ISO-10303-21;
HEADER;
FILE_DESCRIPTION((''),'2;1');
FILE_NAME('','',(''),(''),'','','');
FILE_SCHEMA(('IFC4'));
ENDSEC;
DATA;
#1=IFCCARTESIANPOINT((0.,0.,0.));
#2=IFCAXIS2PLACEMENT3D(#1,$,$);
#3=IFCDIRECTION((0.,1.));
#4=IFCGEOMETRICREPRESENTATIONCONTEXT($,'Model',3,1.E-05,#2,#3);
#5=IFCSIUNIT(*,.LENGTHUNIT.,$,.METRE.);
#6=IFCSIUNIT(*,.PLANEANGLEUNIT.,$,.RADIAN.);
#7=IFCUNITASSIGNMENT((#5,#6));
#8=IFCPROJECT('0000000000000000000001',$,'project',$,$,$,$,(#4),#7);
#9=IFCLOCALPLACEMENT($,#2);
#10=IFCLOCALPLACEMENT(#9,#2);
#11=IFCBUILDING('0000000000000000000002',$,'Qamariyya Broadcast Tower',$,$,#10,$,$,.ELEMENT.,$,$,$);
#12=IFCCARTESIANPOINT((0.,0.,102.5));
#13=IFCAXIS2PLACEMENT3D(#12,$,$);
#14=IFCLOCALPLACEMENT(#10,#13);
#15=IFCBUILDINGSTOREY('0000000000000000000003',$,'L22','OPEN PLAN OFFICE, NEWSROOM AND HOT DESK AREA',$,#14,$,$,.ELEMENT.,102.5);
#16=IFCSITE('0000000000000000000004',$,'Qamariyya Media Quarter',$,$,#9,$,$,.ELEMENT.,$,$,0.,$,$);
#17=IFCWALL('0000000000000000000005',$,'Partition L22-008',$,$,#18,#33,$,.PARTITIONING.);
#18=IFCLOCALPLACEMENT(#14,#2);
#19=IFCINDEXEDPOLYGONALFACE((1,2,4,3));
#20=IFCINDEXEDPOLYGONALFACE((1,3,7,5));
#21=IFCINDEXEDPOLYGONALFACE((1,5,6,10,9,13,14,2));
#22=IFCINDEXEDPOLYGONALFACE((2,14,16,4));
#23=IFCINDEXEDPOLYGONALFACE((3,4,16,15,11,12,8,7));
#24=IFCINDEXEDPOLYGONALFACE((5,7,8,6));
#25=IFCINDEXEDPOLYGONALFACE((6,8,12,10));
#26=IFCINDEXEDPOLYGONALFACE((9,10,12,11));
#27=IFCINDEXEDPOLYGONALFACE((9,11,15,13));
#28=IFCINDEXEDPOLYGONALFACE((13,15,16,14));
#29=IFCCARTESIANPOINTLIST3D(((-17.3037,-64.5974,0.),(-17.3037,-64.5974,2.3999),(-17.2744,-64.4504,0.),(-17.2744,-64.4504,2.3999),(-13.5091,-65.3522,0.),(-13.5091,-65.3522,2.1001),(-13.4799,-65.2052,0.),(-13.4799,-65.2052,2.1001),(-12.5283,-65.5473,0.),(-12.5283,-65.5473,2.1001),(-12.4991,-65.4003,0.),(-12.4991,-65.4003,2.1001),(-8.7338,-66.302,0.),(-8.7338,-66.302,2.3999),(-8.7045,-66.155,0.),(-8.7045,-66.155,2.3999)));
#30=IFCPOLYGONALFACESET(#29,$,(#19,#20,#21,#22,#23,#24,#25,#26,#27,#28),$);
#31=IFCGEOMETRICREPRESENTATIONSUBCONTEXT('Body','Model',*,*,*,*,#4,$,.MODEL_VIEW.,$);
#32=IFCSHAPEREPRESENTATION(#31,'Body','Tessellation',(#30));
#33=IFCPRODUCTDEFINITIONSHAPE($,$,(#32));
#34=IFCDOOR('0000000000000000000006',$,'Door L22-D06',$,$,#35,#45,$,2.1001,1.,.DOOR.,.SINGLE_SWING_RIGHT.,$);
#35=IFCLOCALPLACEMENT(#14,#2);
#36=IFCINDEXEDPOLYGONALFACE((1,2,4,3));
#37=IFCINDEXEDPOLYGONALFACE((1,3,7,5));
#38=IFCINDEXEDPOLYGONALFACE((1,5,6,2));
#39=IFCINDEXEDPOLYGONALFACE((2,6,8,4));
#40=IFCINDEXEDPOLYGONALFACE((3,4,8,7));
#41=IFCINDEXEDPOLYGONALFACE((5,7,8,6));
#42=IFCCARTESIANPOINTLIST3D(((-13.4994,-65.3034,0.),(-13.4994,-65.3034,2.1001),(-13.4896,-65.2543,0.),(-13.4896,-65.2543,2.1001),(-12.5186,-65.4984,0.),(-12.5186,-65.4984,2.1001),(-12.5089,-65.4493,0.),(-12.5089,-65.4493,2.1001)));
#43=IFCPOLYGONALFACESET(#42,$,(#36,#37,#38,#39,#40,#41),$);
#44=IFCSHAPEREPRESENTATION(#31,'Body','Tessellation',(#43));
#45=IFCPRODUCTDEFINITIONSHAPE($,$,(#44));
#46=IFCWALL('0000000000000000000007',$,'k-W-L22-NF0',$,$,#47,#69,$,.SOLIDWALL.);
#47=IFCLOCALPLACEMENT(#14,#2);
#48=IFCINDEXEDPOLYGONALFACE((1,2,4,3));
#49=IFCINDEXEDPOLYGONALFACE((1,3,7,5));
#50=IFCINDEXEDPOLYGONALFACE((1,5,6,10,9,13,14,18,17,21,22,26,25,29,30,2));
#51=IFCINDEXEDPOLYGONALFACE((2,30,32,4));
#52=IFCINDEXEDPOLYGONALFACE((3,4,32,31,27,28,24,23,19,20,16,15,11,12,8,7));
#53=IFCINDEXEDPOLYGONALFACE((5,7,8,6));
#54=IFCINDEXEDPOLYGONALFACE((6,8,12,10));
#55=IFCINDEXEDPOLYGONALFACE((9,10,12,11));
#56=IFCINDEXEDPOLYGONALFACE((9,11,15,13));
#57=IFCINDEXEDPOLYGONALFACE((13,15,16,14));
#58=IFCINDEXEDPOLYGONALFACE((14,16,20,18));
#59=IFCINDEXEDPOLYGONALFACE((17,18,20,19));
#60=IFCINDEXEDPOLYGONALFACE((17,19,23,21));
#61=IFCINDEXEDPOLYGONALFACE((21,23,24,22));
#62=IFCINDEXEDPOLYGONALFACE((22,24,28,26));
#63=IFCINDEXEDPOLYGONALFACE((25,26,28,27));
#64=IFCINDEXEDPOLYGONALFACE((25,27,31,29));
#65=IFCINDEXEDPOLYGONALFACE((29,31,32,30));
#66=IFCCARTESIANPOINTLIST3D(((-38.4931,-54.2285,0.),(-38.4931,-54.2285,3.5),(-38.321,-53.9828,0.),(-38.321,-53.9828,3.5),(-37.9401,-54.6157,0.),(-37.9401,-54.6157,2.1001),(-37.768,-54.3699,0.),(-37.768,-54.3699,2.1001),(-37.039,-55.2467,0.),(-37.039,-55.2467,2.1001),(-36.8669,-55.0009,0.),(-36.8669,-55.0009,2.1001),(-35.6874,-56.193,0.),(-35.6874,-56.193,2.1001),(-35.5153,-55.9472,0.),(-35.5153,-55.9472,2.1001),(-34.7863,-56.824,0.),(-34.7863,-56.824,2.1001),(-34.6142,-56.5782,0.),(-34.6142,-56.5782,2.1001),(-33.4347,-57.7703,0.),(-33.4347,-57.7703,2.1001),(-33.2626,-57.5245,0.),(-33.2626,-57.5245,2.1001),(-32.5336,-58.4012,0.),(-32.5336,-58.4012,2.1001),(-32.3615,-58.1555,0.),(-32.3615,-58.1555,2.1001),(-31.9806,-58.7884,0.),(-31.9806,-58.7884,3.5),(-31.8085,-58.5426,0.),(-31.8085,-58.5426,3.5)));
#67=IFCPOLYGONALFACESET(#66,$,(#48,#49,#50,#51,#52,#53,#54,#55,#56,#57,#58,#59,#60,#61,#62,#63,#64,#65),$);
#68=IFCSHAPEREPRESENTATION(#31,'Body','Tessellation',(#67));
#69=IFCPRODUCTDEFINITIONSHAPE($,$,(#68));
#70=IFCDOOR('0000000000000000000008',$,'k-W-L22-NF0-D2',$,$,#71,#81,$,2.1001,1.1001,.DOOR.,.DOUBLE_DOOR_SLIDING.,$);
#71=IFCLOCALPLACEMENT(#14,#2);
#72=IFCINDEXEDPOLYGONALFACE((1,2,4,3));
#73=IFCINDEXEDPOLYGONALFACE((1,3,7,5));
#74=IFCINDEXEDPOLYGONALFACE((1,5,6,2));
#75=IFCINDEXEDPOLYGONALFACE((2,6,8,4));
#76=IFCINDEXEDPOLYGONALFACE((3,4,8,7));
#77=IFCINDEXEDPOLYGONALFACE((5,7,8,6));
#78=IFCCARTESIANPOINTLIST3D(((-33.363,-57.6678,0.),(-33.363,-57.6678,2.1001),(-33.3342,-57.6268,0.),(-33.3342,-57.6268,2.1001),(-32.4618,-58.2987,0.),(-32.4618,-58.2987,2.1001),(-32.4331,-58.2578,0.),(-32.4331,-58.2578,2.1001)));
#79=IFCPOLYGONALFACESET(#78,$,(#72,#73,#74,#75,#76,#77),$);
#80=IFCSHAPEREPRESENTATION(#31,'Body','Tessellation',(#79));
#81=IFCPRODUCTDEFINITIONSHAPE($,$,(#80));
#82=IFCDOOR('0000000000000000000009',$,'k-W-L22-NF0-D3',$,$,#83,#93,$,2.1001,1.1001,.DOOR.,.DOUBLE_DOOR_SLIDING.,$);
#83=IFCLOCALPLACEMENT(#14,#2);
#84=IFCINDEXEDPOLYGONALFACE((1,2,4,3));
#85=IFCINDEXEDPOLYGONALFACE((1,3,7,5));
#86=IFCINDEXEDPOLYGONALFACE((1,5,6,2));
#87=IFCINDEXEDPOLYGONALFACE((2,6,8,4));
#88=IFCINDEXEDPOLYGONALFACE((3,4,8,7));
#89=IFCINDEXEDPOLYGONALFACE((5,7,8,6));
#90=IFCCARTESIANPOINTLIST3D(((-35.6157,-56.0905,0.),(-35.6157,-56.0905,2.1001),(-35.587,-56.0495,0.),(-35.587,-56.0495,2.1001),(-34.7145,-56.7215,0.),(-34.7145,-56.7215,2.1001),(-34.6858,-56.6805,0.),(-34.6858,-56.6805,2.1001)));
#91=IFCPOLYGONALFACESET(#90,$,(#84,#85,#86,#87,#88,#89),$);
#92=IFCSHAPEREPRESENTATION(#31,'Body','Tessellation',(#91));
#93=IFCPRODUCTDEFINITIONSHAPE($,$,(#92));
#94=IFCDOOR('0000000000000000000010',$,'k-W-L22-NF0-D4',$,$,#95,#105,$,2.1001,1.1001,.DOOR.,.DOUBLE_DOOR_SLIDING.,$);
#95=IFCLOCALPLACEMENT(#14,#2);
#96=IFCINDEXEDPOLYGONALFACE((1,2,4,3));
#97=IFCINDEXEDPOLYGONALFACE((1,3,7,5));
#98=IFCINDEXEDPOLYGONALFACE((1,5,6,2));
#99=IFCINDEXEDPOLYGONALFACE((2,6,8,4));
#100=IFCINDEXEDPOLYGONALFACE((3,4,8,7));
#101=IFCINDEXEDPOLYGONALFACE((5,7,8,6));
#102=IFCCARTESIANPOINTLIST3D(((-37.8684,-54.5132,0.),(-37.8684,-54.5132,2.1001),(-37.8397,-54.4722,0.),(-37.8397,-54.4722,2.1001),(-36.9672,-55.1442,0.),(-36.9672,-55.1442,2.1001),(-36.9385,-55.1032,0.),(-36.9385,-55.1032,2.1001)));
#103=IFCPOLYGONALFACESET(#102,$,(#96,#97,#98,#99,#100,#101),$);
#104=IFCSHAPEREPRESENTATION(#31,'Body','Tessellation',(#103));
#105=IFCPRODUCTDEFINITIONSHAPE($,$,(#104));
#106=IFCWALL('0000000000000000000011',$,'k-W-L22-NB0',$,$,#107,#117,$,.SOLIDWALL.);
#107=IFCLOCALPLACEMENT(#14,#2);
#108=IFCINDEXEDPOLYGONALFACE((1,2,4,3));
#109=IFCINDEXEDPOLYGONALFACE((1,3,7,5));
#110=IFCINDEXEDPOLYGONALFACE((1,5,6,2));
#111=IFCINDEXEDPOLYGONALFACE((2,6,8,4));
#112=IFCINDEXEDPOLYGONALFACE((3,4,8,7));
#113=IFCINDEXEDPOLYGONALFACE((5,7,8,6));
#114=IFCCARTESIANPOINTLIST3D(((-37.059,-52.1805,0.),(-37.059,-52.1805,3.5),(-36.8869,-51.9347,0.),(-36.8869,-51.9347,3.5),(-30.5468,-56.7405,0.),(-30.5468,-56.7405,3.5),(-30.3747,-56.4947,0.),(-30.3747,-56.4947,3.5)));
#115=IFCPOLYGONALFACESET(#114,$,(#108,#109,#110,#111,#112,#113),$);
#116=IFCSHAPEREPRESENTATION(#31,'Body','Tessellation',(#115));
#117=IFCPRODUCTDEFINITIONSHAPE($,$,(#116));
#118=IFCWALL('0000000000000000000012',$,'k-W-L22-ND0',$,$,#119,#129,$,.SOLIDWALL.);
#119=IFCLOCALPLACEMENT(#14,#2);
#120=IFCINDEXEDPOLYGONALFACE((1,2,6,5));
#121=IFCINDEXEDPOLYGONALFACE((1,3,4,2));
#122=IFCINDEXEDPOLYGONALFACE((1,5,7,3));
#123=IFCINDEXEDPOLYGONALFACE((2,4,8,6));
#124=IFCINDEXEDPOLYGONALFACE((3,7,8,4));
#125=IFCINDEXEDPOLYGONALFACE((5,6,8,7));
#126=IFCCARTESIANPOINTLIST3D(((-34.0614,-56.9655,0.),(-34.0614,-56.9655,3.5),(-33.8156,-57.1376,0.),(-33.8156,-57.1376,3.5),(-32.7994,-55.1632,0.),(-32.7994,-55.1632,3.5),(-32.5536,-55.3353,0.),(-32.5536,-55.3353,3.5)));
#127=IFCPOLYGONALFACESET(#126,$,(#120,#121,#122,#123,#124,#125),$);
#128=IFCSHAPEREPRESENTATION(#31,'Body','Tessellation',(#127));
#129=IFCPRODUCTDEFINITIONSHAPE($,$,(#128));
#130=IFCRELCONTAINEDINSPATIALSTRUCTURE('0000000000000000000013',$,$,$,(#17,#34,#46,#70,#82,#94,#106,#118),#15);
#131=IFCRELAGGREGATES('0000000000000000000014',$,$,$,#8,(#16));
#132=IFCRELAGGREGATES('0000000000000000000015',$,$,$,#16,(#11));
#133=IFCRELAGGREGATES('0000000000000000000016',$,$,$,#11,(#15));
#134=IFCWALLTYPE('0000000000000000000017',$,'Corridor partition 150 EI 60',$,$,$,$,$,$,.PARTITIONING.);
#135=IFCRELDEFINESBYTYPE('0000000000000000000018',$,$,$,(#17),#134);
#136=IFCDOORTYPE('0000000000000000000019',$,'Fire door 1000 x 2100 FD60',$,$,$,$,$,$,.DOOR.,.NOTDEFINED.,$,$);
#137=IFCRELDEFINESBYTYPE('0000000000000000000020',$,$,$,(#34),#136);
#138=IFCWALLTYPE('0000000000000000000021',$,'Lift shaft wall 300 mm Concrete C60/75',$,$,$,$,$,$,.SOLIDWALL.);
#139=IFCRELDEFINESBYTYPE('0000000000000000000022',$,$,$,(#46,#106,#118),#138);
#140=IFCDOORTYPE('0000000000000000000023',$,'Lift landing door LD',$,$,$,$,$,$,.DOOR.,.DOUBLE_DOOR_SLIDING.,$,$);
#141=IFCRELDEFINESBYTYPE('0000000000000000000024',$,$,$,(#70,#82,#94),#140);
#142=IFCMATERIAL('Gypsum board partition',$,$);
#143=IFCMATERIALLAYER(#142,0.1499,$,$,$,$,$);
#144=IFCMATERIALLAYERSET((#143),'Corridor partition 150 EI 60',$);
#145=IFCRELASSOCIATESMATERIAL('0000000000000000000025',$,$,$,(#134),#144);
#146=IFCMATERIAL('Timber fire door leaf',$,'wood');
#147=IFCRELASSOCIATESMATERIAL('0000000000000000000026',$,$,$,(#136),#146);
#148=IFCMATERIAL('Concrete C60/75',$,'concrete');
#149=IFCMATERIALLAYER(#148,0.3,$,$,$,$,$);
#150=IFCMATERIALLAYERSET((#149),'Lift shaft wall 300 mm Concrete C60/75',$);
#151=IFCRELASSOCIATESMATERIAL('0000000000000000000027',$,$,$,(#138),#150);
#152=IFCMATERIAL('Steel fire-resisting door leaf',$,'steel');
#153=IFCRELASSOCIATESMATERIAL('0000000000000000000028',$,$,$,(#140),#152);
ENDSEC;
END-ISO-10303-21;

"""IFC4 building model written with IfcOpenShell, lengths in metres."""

from ifc_helpers import new_model, si_unit, direction, frame, frame_2d, origin, place, context, subcontext, project, spatial, rectangle, extrude, material, layer, layer_set, type_object, element, fill, save


model = new_model("IFC4")

# Units and contexts
model_context = context("Model", 3, precision=1e-05, world=origin(), true_north=direction((0.0, 1.0)))
body_context = subcontext(model_context, "Body", "Model", "MODEL_VIEW")
ifc_project = project(units=[si_unit("LENGTHUNIT", "METRE"), si_unit("PLANEANGLEUNIT", "RADIAN")], contexts=[model_context])

# Site, building, storey
site_placement = place(None, origin())
site = spatial("IfcSite", under=ifc_project, at=site_placement, Name="Qamariyya Media Quarter", CompositionType="ELEMENT", RefElevation=0.0)
building_placement = place(site_placement, origin())
building = spatial("IfcBuilding", under=site, at=building_placement, Name="Qamariyya Broadcast Tower", CompositionType="ELEMENT")
storey_placement = place(building_placement, frame((0.0, 0.0, 102.5)))
storey = spatial("IfcBuildingStorey", under=building, at=storey_placement, Name="L22", Description="OPEN PLAN OFFICE, NEWSROOM AND HOT DESK AREA", CompositionType="ELEMENT", Elevation=102.5)

# Shared definitions
ifc_material_1 = material(Name="Gypsum board partition")
ifc_layer_1 = layer(ifc_material_1, 0.1499)
ifc_layer_set_1 = layer_set([ifc_layer_1], Name="Corridor partition 150 EI 60")
wall_type_1 = type_object("IfcWallType", Name="Corridor partition 150 EI 60", PredefinedType="PARTITIONING", material=ifc_layer_set_1)
ifc_material_2 = material(Name="Timber fire door leaf", Category="wood")
door_type_1 = type_object("IfcDoorType", Name="Fire door 1000 x 2100 FD60", OperationType="NOTDEFINED", PredefinedType="DOOR", material=ifc_material_2)

# Wall, opening, door
wall_1_placement = place(storey_placement, frame((-17.2891, -64.5239, 0.0), z_axis=(0.0, 0.0, 1.0), x_axis=(0.980786, -0.195084, 0.0)))
wall_1 = element("IfcWall", 1, at=wall_1_placement, inside=storey, type_object=wall_type_1, Name="Partition L22-008", PredefinedType="PARTITIONING", context=body_context, shape_type="SweptSolid", body=[
    extrude(rectangle(XDim=8.7378, YDim=0.1499, at=frame_2d((4.3689, 0.0))), origin(), (0.0, 0.0, 1.0), 2.3999),
])
opening_1_placement = place(wall_1_placement, frame((3.8689, 0.0, 0.0)))
opening_1 = element("IfcOpeningElement", 2, at=opening_1_placement, cuts=wall_1, PredefinedType="OPENING", context=body_context, shape_type="SweptSolid", body=[
    extrude(rectangle(XDim=1.0, YDim=2.1001, at=frame_2d((0.5, 1.05))), frame((0.0, 0.085, 0.0), z_axis=(0.0, -1.0, 0.0), x_axis=(1.0, 0.0, 0.0)), (0.0, 0.0, 1.0), 0.1699),
])
door_1_placement = place(opening_1_placement, origin())
door_1 = element("IfcDoor", 3, at=door_1_placement, inside=storey, type_object=door_type_1, Name="Door L22-D06", OperationType="SINGLE_SWING_RIGHT", OverallHeight=2.1001, OverallWidth=1.0, PredefinedType="DOOR", context=body_context, shape_type="SweptSolid", body=[
    extrude(rectangle(XDim=1.0, YDim=2.1001, at=frame_2d((0.5, 1.05))), frame((0.0, 0.0249, 0.0), z_axis=(0.0, -1.0, 0.0), x_axis=(1.0, 0.0, 0.0)), (0.0, 0.0, 1.0), 0.05),
])
fill(opening_1, door_1)

# Wall, openings, doors
ifc_material_3 = material(Name="Concrete C60/75", Category="concrete")
ifc_layer_2 = layer(ifc_material_3, 0.3)
ifc_layer_set_2 = layer_set([ifc_layer_2], Name="Lift shaft wall 300 mm Concrete C60/75")
wall_type_2 = type_object("IfcWallType", Name="Lift shaft wall 300 mm Concrete C60/75", PredefinedType="SOLIDWALL", material=ifc_layer_set_2)
wall_2_placement = place(storey_placement, frame((-31.8945, -58.6655, 0.0), z_axis=(0.0, 0.0, 1.0), x_axis=(-0.819167, 0.573555, 0.0)))
wall_2 = element("IfcWall", 4, at=wall_2_placement, inside=storey, type_object=wall_type_2, Name="k-W-L22-NF0", PredefinedType="SOLIDWALL", context=body_context, shape_type="SweptSolid", body=[
    extrude(rectangle(XDim=7.9502, YDim=0.3, at=frame_2d((3.9751, 0.0))), origin(), (0.0, 0.0, 1.0), 3.5),
])
opening_2_placement = place(wall_2_placement, frame((0.675, 0.0, 0.0)))
opening_2 = element("IfcOpeningElement", 5, at=opening_2_placement, cuts=wall_2, PredefinedType="OPENING", context=body_context, shape_type="SweptSolid", body=[
    extrude(rectangle(XDim=1.1001, YDim=2.1001, at=frame_2d((0.55, 1.05))), frame((0.0, 0.1599, 0.0), z_axis=(0.0, -1.0, 0.0), x_axis=(1.0, 0.0, 0.0)), (0.0, 0.0, 1.0), 0.3201),
])
opening_3_placement = place(wall_2_placement, frame((3.425, 0.0, 0.0)))
opening_3 = element("IfcOpeningElement", 6, at=opening_3_placement, cuts=wall_2, PredefinedType="OPENING", context=body_context, shape_type="SweptSolid", body=[
    extrude(rectangle(XDim=1.1001, YDim=2.1001, at=frame_2d((0.55, 1.05))), frame((0.0, 0.1599, 0.0), z_axis=(0.0, -1.0, 0.0), x_axis=(1.0, 0.0, 0.0)), (0.0, 0.0, 1.0), 0.3201),
])
opening_4_placement = place(wall_2_placement, frame((6.175, 0.0, 0.0)))
opening_4 = element("IfcOpeningElement", 7, at=opening_4_placement, cuts=wall_2, PredefinedType="OPENING", context=body_context, shape_type="SweptSolid", body=[
    extrude(rectangle(XDim=1.1001, YDim=2.1001, at=frame_2d((0.55, 1.05))), frame((0.0, 0.1599, 0.0), z_axis=(0.0, -1.0, 0.0), x_axis=(1.0, 0.0, 0.0)), (0.0, 0.0, 1.0), 0.3201),
])
ifc_material_4 = material(Name="Steel fire-resisting door leaf", Category="steel")
door_type_2 = type_object("IfcDoorType", Name="Lift landing door LD", OperationType="DOUBLE_DOOR_SLIDING", PredefinedType="DOOR", material=ifc_material_4)
door_2_placement = place(opening_2_placement, origin())
door_2 = element("IfcDoor", 8, at=door_2_placement, inside=storey, type_object=door_type_2, Name="k-W-L22-NF0-D2", OperationType="DOUBLE_DOOR_SLIDING", OverallHeight=2.1001, OverallWidth=1.1001, PredefinedType="DOOR", context=body_context, shape_type="SweptSolid", body=[
    extrude(rectangle(XDim=1.1001, YDim=2.1001, at=frame_2d((0.55, 1.05))), frame((0.0, 0.0249, 0.0), z_axis=(0.0, -1.0, 0.0), x_axis=(1.0, 0.0, 0.0)), (0.0, 0.0, 1.0), 0.05),
])
fill(opening_2, door_2)
door_3_placement = place(opening_3_placement, origin())
door_3 = element("IfcDoor", 9, at=door_3_placement, inside=storey, type_object=door_type_2, Name="k-W-L22-NF0-D3", OperationType="DOUBLE_DOOR_SLIDING", OverallHeight=2.1001, OverallWidth=1.1001, PredefinedType="DOOR", context=body_context, shape_type="SweptSolid", body=[
    extrude(rectangle(XDim=1.1001, YDim=2.1001, at=frame_2d((0.55, 1.05))), frame((0.0, 0.0249, 0.0), z_axis=(0.0, -1.0, 0.0), x_axis=(1.0, 0.0, 0.0)), (0.0, 0.0, 1.0), 0.05),
])
fill(opening_3, door_3)
door_4_placement = place(opening_4_placement, origin())
door_4 = element("IfcDoor", 10, at=door_4_placement, inside=storey, type_object=door_type_2, Name="k-W-L22-NF0-D4", OperationType="DOUBLE_DOOR_SLIDING", OverallHeight=2.1001, OverallWidth=1.1001, PredefinedType="DOOR", context=body_context, shape_type="SweptSolid", body=[
    extrude(rectangle(XDim=1.1001, YDim=2.1001, at=frame_2d((0.55, 1.05))), frame((0.0, 0.0249, 0.0), z_axis=(0.0, -1.0, 0.0), x_axis=(1.0, 0.0, 0.0)), (0.0, 0.0, 1.0), 0.05),
])
fill(opening_4, door_4)

# Walls
wall_3_placement = place(storey_placement, frame((-30.4607, -56.6177, 0.0), z_axis=(0.0, 0.0, 1.0), x_axis=(-0.819142, 0.57359, 0.0)))
element("IfcWall", 11, at=wall_3_placement, inside=storey, type_object=wall_type_2, Name="k-W-L22-NB0", PredefinedType="SOLIDWALL", context=body_context, shape_type="SweptSolid", body=[
    extrude(rectangle(XDim=7.95, YDim=0.3, at=frame_2d((3.9751, 0.0))), origin(), (0.0, 0.0, 1.0), 3.5),
])
wall_4_placement = place(storey_placement, frame((-33.9385, -57.0515, 0.0), z_axis=(0.0, 0.0, 1.0), x_axis=(0.573581, 0.819149, 0.0)))
element("IfcWall", 12, at=wall_4_placement, inside=storey, type_object=wall_type_2, Name="k-W-L22-ND0", PredefinedType="SOLIDWALL", context=body_context, shape_type="SweptSolid", body=[
    extrude(rectangle(XDim=2.2002, YDim=0.3, at=frame_2d((1.1001, 0.0))), origin(), (0.0, 0.0, 1.0), 3.5),
])

save(model, "model.ifc")
